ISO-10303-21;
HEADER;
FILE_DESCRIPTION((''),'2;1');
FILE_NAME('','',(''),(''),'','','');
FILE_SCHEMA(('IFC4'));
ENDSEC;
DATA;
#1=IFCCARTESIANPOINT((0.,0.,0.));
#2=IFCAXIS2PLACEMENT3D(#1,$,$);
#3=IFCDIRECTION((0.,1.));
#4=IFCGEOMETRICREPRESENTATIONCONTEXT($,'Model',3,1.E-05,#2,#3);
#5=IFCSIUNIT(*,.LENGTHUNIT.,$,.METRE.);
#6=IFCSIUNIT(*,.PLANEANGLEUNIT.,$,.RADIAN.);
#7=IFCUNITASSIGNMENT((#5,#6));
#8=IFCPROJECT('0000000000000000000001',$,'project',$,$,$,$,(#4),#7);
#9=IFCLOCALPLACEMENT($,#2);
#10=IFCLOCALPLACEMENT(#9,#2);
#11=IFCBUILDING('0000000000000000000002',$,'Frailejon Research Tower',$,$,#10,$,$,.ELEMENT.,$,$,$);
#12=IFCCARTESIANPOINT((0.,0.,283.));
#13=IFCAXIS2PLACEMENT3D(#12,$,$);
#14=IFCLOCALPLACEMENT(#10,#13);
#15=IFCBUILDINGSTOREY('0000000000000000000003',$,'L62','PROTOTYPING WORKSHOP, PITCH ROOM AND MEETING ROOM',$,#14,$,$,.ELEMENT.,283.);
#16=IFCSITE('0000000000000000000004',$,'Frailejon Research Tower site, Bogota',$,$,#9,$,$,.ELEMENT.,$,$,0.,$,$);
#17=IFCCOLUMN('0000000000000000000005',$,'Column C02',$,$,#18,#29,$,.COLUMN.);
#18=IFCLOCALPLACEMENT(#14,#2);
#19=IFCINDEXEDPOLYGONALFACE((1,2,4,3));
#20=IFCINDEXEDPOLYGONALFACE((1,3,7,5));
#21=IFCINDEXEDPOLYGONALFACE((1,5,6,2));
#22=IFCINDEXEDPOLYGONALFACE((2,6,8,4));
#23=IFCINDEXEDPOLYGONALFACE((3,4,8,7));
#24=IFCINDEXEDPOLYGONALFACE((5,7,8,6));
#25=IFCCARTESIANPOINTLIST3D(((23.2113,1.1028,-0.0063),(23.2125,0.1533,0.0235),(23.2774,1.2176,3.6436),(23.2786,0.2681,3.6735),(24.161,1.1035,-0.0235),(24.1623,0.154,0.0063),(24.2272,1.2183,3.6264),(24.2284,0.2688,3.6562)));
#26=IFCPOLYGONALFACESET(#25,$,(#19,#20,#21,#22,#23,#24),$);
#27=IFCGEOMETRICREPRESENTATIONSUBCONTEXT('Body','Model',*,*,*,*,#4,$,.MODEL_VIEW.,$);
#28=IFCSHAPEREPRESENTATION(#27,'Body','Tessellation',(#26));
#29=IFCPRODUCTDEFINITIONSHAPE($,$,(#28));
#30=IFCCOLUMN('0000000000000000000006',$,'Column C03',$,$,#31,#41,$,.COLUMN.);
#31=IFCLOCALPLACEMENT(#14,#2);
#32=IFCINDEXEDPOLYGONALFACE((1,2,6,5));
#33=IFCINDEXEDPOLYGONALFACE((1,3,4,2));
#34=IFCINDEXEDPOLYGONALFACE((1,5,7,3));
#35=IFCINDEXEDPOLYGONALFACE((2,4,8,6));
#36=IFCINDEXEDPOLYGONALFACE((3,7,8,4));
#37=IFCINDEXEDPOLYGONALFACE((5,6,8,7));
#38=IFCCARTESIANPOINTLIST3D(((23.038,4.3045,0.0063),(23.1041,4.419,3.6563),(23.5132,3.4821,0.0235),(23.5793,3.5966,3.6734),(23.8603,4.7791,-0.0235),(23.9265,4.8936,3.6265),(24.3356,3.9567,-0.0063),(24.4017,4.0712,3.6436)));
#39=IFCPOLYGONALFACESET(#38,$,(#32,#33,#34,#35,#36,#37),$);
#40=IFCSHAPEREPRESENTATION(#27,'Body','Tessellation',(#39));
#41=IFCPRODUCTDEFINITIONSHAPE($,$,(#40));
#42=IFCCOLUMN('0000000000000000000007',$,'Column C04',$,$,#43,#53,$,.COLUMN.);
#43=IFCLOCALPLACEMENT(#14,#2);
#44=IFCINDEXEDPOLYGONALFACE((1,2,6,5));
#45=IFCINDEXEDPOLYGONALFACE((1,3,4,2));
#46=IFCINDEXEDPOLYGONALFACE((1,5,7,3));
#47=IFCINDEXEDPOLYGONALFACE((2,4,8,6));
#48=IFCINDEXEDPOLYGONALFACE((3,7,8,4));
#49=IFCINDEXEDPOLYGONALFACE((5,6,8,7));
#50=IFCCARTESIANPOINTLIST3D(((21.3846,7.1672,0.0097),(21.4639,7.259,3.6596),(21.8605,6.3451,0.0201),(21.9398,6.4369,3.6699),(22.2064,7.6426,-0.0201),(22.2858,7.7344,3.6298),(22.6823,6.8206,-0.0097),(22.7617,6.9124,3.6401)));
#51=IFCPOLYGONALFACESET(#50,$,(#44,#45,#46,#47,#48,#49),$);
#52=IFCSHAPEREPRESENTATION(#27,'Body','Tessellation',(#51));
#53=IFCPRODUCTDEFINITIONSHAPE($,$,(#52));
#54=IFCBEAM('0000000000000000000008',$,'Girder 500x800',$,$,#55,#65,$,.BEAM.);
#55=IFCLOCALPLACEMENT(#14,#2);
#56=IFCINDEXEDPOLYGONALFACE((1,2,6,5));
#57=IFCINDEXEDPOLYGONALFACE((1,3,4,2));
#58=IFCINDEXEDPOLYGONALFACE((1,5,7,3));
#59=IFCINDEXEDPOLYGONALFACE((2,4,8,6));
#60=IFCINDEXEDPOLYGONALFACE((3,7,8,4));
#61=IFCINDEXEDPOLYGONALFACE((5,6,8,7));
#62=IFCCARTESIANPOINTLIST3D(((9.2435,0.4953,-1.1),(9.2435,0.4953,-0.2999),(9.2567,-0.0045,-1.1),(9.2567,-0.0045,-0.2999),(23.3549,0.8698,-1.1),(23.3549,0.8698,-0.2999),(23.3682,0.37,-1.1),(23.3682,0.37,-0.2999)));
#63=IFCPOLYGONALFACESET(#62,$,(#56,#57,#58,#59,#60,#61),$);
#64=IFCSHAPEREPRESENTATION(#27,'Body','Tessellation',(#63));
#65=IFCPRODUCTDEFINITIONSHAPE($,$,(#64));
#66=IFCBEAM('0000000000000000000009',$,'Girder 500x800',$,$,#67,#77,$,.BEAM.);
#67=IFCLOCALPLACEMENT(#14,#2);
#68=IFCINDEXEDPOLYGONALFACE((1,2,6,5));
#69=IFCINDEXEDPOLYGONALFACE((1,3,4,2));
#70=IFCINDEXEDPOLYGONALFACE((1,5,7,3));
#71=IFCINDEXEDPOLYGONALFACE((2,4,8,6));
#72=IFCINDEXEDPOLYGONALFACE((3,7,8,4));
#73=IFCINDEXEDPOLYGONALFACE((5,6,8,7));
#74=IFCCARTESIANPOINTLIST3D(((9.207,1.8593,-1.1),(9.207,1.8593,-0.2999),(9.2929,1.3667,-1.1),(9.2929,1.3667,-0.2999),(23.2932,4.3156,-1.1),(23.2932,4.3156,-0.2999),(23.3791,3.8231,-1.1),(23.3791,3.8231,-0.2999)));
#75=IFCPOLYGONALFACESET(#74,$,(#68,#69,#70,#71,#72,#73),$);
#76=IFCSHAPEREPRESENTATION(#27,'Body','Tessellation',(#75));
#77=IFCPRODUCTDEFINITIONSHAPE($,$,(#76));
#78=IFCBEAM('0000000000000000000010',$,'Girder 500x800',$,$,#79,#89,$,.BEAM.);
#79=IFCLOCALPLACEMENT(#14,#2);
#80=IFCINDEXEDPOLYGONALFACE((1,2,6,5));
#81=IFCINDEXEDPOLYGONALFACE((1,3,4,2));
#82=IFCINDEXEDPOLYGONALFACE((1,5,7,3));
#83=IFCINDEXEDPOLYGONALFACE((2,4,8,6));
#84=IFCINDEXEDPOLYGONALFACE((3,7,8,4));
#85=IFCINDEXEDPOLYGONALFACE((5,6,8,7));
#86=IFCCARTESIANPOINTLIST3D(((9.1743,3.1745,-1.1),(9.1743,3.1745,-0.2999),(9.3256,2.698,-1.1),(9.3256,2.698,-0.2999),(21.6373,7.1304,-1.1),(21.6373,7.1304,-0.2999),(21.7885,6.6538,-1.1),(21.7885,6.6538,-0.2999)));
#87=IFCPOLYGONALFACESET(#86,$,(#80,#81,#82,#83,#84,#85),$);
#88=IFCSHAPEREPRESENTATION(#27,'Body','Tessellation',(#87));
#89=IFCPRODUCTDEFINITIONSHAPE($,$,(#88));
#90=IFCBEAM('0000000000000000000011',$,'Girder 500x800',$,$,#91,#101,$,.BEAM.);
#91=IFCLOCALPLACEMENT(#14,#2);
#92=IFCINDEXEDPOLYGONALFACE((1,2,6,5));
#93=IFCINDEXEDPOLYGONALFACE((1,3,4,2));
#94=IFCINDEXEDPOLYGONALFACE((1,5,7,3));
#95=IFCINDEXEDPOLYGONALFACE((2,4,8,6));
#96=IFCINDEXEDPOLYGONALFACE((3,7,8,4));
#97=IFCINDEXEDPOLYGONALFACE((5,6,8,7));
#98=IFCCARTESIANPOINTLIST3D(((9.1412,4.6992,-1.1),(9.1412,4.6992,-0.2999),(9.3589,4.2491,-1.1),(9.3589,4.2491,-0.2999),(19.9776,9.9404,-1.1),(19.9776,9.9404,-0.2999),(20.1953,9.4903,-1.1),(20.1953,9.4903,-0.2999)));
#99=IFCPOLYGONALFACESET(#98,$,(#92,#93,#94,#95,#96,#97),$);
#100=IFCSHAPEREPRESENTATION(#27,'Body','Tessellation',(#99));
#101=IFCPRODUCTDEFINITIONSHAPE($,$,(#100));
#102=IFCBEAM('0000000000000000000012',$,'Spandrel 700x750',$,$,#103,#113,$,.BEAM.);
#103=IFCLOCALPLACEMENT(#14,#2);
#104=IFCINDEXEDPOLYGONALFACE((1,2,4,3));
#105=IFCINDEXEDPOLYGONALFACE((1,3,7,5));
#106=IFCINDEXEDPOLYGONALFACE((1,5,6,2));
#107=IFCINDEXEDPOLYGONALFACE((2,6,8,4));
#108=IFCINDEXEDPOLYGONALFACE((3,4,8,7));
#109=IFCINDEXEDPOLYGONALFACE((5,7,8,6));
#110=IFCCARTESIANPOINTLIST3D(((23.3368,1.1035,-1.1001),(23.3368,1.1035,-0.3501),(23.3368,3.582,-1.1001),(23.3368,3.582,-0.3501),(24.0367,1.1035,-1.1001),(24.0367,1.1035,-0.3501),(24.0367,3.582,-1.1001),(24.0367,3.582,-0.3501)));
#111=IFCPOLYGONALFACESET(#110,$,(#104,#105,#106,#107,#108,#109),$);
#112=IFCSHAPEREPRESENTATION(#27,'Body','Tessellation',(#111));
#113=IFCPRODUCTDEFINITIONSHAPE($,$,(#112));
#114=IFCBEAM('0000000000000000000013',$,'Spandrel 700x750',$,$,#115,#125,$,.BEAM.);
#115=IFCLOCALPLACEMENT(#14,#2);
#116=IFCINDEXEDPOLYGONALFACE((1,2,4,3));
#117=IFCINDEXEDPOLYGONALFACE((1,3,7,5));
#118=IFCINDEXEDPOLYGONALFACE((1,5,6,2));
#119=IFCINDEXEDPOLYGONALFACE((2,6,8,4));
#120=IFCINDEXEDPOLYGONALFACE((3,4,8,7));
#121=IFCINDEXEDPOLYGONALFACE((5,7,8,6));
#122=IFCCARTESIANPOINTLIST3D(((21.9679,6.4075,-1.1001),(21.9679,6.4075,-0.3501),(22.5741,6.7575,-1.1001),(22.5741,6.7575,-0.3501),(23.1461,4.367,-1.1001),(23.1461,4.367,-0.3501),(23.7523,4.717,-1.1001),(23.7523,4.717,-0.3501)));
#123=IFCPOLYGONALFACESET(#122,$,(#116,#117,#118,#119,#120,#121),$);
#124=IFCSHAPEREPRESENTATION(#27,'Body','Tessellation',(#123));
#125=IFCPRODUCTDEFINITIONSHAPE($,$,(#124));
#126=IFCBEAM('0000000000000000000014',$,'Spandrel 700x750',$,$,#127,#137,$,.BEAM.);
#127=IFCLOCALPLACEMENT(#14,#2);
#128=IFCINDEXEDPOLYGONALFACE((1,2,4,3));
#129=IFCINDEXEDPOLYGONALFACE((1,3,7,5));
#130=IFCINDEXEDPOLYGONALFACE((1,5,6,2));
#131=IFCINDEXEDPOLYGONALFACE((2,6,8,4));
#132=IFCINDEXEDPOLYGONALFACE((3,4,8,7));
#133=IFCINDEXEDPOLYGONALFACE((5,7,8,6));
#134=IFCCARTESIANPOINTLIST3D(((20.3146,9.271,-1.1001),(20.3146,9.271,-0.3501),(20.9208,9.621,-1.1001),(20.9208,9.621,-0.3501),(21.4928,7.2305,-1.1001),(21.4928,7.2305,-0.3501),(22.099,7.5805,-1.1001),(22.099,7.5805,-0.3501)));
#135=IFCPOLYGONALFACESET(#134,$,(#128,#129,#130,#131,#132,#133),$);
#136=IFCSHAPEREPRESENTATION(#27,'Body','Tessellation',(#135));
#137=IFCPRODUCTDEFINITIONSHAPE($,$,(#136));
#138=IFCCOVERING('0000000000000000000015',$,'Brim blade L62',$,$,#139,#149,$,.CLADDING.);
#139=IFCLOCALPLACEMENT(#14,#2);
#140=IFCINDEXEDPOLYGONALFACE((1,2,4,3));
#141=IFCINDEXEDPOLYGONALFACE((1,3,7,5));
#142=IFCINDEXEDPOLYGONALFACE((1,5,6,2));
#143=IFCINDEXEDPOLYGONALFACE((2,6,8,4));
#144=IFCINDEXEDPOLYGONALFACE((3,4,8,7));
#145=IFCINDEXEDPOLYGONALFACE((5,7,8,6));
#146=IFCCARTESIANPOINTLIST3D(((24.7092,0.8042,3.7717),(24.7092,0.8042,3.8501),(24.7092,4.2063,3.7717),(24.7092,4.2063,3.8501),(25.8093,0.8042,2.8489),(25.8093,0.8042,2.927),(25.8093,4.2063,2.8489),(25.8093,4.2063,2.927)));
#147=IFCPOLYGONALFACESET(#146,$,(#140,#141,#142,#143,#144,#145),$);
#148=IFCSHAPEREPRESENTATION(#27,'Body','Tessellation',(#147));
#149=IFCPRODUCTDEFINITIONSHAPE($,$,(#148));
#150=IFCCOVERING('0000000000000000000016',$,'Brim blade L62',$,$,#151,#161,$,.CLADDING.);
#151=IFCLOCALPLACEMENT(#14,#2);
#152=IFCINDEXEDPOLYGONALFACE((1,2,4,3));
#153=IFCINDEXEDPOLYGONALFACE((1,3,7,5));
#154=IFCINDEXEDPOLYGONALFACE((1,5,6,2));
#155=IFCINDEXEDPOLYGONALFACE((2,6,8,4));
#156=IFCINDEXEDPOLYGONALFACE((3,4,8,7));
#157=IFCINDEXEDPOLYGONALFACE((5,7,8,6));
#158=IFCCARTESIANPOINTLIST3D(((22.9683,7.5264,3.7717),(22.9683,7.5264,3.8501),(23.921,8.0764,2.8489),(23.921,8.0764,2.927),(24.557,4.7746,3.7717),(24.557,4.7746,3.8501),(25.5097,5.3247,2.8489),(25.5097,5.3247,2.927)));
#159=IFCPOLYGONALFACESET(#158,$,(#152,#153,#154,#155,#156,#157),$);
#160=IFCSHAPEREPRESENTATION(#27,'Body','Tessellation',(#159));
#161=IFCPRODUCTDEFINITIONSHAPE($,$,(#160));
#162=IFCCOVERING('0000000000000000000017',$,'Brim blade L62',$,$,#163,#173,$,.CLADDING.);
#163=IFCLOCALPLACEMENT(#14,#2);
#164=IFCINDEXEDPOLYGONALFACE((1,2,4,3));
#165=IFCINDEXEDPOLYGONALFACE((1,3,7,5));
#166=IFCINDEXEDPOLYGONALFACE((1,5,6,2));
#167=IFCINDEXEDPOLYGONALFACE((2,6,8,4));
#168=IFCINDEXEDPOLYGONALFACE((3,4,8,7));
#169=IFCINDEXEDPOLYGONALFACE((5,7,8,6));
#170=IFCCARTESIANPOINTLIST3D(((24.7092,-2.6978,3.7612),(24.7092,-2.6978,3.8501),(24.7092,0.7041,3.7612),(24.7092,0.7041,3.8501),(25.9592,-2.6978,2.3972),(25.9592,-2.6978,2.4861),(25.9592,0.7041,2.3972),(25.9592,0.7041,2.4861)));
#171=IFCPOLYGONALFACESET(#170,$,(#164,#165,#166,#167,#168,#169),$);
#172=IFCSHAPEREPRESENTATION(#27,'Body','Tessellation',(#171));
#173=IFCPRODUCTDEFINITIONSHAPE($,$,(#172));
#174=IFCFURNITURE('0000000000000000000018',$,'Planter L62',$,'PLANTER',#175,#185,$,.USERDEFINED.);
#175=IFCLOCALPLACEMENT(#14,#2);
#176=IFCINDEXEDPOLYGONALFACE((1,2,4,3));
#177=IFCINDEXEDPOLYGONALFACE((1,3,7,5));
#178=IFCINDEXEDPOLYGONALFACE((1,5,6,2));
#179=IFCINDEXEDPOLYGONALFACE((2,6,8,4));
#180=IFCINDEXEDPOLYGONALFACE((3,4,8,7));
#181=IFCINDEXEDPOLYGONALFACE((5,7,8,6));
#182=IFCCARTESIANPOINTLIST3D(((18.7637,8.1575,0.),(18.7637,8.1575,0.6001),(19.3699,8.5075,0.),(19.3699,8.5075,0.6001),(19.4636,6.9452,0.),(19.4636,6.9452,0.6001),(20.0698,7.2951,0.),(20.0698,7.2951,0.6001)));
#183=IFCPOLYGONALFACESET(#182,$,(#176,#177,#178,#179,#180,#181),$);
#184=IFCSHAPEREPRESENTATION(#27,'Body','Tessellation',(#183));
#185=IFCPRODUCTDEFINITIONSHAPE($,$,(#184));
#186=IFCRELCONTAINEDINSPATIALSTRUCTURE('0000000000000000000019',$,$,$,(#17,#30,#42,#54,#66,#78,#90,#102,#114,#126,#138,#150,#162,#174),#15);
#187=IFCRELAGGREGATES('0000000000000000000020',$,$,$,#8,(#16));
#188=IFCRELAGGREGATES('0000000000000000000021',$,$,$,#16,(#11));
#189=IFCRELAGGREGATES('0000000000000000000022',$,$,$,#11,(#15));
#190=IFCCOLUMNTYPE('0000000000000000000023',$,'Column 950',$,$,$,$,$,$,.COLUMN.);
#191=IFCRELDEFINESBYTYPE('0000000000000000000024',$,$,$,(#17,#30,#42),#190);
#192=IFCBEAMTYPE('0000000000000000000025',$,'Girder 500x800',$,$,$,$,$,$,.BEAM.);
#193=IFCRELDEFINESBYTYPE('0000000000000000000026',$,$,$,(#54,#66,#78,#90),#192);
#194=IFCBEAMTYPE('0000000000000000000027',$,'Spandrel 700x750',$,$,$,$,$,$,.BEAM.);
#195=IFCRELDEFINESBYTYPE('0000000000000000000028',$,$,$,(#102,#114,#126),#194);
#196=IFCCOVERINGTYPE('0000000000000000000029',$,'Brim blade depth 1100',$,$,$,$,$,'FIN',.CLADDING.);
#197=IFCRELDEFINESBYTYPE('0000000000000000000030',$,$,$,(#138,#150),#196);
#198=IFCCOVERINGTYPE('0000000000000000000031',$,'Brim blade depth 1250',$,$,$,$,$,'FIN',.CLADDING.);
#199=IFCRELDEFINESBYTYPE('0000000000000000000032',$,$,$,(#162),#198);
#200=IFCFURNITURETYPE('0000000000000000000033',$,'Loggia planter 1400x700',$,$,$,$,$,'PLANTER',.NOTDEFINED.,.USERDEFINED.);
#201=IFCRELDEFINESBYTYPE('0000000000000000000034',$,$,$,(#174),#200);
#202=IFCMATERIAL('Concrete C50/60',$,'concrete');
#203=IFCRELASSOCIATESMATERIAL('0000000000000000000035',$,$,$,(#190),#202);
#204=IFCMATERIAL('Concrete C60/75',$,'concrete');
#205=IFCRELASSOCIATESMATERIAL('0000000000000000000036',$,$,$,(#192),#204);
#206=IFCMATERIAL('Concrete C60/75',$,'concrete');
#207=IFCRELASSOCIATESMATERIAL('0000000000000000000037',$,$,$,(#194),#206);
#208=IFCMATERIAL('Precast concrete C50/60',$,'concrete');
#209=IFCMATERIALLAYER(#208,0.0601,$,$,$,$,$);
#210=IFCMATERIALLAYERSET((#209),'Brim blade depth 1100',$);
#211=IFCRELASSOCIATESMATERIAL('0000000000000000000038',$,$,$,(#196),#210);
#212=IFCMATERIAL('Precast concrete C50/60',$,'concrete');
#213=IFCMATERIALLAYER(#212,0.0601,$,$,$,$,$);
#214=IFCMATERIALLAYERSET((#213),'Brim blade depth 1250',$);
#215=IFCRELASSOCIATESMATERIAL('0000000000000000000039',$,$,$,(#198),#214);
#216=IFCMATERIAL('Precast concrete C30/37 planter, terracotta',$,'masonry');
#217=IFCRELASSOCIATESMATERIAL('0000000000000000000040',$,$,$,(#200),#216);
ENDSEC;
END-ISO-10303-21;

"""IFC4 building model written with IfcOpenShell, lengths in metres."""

from ifc_helpers import new_model, si_unit, direction, frame, origin, origin_2d, place, context, subcontext, project, spatial, polyline, rectangle, outline, extrude, material, layer, layer_set, material_profile, profile_set, type_object, element, save


model = new_model("IFC4")

# Units and contexts
model_context = context("Model", 3, precision=1e-05, world=origin(), true_north=direction((0.0, 1.0)))
body_context = subcontext(model_context, "Body", "Model", "MODEL_VIEW")
ifc_project = project(units=[si_unit("LENGTHUNIT", "METRE"), si_unit("PLANEANGLEUNIT", "RADIAN")], contexts=[model_context])

# Site, building, storey
site_placement = place(None, origin())
site = spatial("IfcSite", under=ifc_project, at=site_placement, Name="Frailejon Research Tower site, Bogota", CompositionType="ELEMENT", RefElevation=0.0)
building_placement = place(site_placement, origin())
building = spatial("IfcBuilding", under=site, at=building_placement, Name="Frailejon Research Tower", CompositionType="ELEMENT")
storey_placement = place(building_placement, frame((0.0, 0.0, 283.0)))
storey = spatial("IfcBuildingStorey", under=building, at=storey_placement, Name="L62", Description="PROTOTYPING WORKSHOP, PITCH ROOM AND MEETING ROOM", CompositionType="ELEMENT", Elevation=283.0)

# Columns
ifc_material_1 = material(Name="Concrete C50/60", Category="concrete")
ifc_material_profile_1 = material_profile(ifc_material_1, rectangle(XDim=0.95, YDim=0.95, at=origin_2d()), Name="Column 950")
ifc_profile_set_1 = profile_set([ifc_material_profile_1], Name="Concrete C50/60")
column_type = type_object("IfcColumnType", Name="Column 950", PredefinedType="COLUMN", material=ifc_profile_set_1)
for number, where, z_axis, x_axis, name in (
    (1, (23.6868, 0.6284, 0.0), (0.018115, 0.031417, 0.999342), (-0.001297, 0.999506, -0.031399), "Column C02"),
    (2, (23.6868, 4.1306, 0.0), (0.018115, 0.031351, 0.999344), (-0.500242, 0.865696, -0.01809), "Column C03"),
):
    element("IfcColumn", number, at=place(storey_placement, frame(where, z_axis=z_axis, x_axis=x_axis)), inside=storey, type_object=column_type, Name=name, PredefinedType="COLUMN", context=body_context, shape_type="SweptSolid", body=[
        extrude(rectangle(XDim=0.95, YDim=0.95, at=origin_2d()), origin(), (0.0, 0.0, 1.0), 3.6523),
    ])
column_placement = place(storey_placement, frame((22.0334, 6.9939, 0.0), z_axis=(0.021727, 0.025137, 0.999448), x_axis=(-0.500981, 0.86539, -0.010874)))
element("IfcColumn", 3, at=column_placement, inside=storey, type_object=column_type, Name="Column C04", PredefinedType="COLUMN", context=body_context, shape_type="SweptSolid", body=[
    extrude(rectangle(XDim=0.95, YDim=0.95, at=origin_2d()), origin(), (0.0, 0.0, 1.0), 3.6519),
])

# Beams
ifc_material_2 = material(Name="Concrete C60/75", Category="concrete")
ifc_material_profile_2 = material_profile(ifc_material_2, rectangle(XDim=0.5, YDim=0.8, at=origin_2d()), Name="Girder 500x800")
ifc_profile_set_2 = profile_set([ifc_material_profile_2], Name="Concrete C60/75")
beam_type_1 = type_object("IfcBeamType", Name="Girder 500x800", PredefinedType="BEAM", material=ifc_profile_set_2)
beam_1_placement = place(storey_placement, frame((23.3616, 0.6199, -0.7), z_axis=(-0.999648, -0.02653, 0.0), x_axis=(0.02653, -0.999648, 0.0)))
element("IfcBeam", 4, at=beam_1_placement, inside=storey, type_object=beam_type_1, Name="Girder 500x800", PredefinedType="BEAM", context=body_context, shape_type="SweptSolid", body=[
    extrude(rectangle(XDim=0.5, YDim=0.8, at=origin_2d()), origin(), (0.0, 0.0, 1.0), 14.1165),
])
beam_2_placement = place(storey_placement, frame((23.3362, 4.0693, -0.7), z_axis=(-0.985135, -0.171784, 0.0), x_axis=(0.171784, -0.985135, 0.0)))
element("IfcBeam", 5, at=beam_2_placement, inside=storey, type_object=beam_type_1, Name="Girder 500x800", PredefinedType="BEAM", context=body_context, shape_type="SweptSolid", body=[
    extrude(rectangle(XDim=0.5, YDim=0.8, at=origin_2d()), origin(), (0.0, 0.0, 1.0), 14.2988),
])
beam_3_placement = place(storey_placement, frame((21.7129, 6.8921, -0.7), z_axis=(-0.953139, -0.302533, 0.0), x_axis=(0.302533, -0.953139, 0.0)))
element("IfcBeam", 6, at=beam_3_placement, inside=storey, type_object=beam_type_1, Name="Girder 500x800", PredefinedType="BEAM", context=body_context, shape_type="SweptSolid", body=[
    extrude(rectangle(XDim=0.5, YDim=0.8, at=origin_2d()), origin(), (0.0, 0.0, 1.0), 13.0757),
])
beam_4_placement = place(storey_placement, frame((20.0864, 9.7153, -0.7), z_axis=(-0.900232, -0.435411, 0.0), x_axis=(0.435411, -0.900232, 0.0)))
element("IfcBeam", 7, at=beam_4_placement, inside=storey, type_object=beam_type_1, Name="Girder 500x800", PredefinedType="BEAM", context=body_context, shape_type="SweptSolid", body=[
    extrude(rectangle(XDim=0.5, YDim=0.8, at=origin_2d()), origin(), (0.0, 0.0, 1.0), 12.0374),
])
ifc_material_3 = material(Name="Concrete C60/75", Category="concrete")
ifc_material_profile_3 = material_profile(ifc_material_3, rectangle(XDim=0.7, YDim=0.75, at=origin_2d()), Name="Spandrel 700x750")
ifc_profile_set_3 = profile_set([ifc_material_profile_3], Name="Concrete C60/75")
beam_type_2 = type_object("IfcBeamType", Name="Spandrel 700x750", PredefinedType="BEAM", material=ifc_profile_set_3)
beam_5_placement = place(storey_placement, frame((23.6868, 1.1035, -0.7251), z_axis=(0.0, 1.0, 0.0), x_axis=(-1.0, 0.0, 0.0)))
element("IfcBeam", 8, at=beam_5_placement, inside=storey, type_object=beam_type_2, Name="Spandrel 700x750", PredefinedType="BEAM", context=body_context, shape_type="SweptSolid", body=[
    extrude(rectangle(XDim=0.7, YDim=0.75, at=origin_2d()), origin(), (0.0, 0.0, 1.0), 2.4785),
])
for number, where, z_axis, x_axis, name in (
    (9, (23.4492, 4.542, -0.7251), (-0.500039, 0.866003, 0.0), (-0.866003, -0.500039, 0.0), "Spandrel 700x750"),
    (10, (21.7959, 7.4055, -0.7251), (-0.500039, 0.866003, 0.0), (-0.866003, -0.500039, 0.0), "Spandrel 700x750"),
):
    element("IfcBeam", number, at=place(storey_placement, frame(where, z_axis=z_axis, x_axis=x_axis)), inside=storey, type_object=beam_type_2, Name=name, PredefinedType="BEAM", context=body_context, shape_type="SweptSolid", body=[
        extrude(rectangle(XDim=0.7, YDim=0.75, at=origin_2d()), origin(), (0.0, 0.0, 1.0), 2.3562),
    ])

# Coverings
ifc_material_4 = material(Name="Precast concrete C50/60", Category="concrete")
ifc_layer_1 = layer(ifc_material_4, 0.0601)
ifc_layer_set_1 = layer_set([ifc_layer_1], Name="Brim blade depth 1100")
covering_type_1 = type_object("IfcCoveringType", Name="Brim blade depth 1100", ElementType="FIN", PredefinedType="CLADDING", material=ifc_layer_set_1)
covering_1_placement = place(storey_placement, frame((24.7092, 4.2063, 3.8501), z_axis=(0.0, -1.0, 0.0), x_axis=(1.0, 0.0, 0.0)))
element("IfcCovering", 11, at=covering_1_placement, inside=storey, type_object=covering_type_1, Name="Brim blade L62", PredefinedType="CLADDING", context=body_context, shape_type="SweptSolid", body=[
    extrude(outline(polyline([(0.0, -0.0784), (1.1001, -1.0012), (1.1001, -0.9231), (0.0, 0.0), (0.0, -0.0784)])), origin(), (0.0, 0.0, 1.0), 3.4021),
])
covering_2_placement = place(storey_placement, frame((22.9683, 7.5264, 3.8501), z_axis=(0.500011, -0.866019, 0.0), x_axis=(0.866019, 0.500011, 0.0)))
element("IfcCovering", 12, at=covering_2_placement, inside=storey, type_object=covering_type_1, Name="Brim blade L62", PredefinedType="CLADDING", context=body_context, shape_type="SweptSolid", body=[
    extrude(outline(polyline([(0.0, -0.0784), (1.1001, -1.0012), (1.1001, -0.9231), (0.0, 0.0), (0.0, -0.0784)])), origin(), (0.0, 0.0, 1.0), 3.1775),
])
ifc_material_5 = material(Name="Precast concrete C50/60", Category="concrete")
ifc_layer_2 = layer(ifc_material_5, 0.0601)
ifc_layer_set_2 = layer_set([ifc_layer_2], Name="Brim blade depth 1250")
covering_type_2 = type_object("IfcCoveringType", Name="Brim blade depth 1250", ElementType="FIN", PredefinedType="CLADDING", material=ifc_layer_set_2)
covering_3_placement = place(storey_placement, frame((24.7092, 0.7041, 3.8501), z_axis=(0.0, -1.0, 0.0), x_axis=(1.0, 0.0, 0.0)))
element("IfcCovering", 13, at=covering_3_placement, inside=storey, type_object=covering_type_2, Name="Brim blade L62", PredefinedType="CLADDING", context=body_context, shape_type="SweptSolid", body=[
    extrude(outline(polyline([(0.0, -0.0889), (1.25, -1.4529), (1.25, -1.364), (0.0, 0.0), (0.0, -0.0889)])), origin(), (0.0, 0.0, 1.0), 3.4019),
])

# Furniture
ifc_material_6 = material(Name="Precast concrete C30/37 planter, terracotta", Category="masonry")
furniture_type = type_object("IfcFurnitureType", Name="Loggia planter 1400x700", ElementType="PLANTER", AssemblyPlace="NOTDEFINED", PredefinedType="USERDEFINED", material=ifc_material_6)
furniture_placement = place(storey_placement, frame((19.4167, 7.7263, 0.0), z_axis=(0.0, 0.0, 1.0), x_axis=(-0.5, 0.866025, 0.0)))
element("IfcFurniture", 14, at=furniture_placement, inside=storey, type_object=furniture_type, Name="Planter L62", ObjectType="PLANTER", PredefinedType="USERDEFINED", context=body_context, shape_type="SweptSolid", body=[
    extrude(rectangle(XDim=1.3999, YDim=0.7, at=origin_2d()), origin(), (0.0, 0.0, 1.0), 0.6001),
])

save(model, "model.ifc")
